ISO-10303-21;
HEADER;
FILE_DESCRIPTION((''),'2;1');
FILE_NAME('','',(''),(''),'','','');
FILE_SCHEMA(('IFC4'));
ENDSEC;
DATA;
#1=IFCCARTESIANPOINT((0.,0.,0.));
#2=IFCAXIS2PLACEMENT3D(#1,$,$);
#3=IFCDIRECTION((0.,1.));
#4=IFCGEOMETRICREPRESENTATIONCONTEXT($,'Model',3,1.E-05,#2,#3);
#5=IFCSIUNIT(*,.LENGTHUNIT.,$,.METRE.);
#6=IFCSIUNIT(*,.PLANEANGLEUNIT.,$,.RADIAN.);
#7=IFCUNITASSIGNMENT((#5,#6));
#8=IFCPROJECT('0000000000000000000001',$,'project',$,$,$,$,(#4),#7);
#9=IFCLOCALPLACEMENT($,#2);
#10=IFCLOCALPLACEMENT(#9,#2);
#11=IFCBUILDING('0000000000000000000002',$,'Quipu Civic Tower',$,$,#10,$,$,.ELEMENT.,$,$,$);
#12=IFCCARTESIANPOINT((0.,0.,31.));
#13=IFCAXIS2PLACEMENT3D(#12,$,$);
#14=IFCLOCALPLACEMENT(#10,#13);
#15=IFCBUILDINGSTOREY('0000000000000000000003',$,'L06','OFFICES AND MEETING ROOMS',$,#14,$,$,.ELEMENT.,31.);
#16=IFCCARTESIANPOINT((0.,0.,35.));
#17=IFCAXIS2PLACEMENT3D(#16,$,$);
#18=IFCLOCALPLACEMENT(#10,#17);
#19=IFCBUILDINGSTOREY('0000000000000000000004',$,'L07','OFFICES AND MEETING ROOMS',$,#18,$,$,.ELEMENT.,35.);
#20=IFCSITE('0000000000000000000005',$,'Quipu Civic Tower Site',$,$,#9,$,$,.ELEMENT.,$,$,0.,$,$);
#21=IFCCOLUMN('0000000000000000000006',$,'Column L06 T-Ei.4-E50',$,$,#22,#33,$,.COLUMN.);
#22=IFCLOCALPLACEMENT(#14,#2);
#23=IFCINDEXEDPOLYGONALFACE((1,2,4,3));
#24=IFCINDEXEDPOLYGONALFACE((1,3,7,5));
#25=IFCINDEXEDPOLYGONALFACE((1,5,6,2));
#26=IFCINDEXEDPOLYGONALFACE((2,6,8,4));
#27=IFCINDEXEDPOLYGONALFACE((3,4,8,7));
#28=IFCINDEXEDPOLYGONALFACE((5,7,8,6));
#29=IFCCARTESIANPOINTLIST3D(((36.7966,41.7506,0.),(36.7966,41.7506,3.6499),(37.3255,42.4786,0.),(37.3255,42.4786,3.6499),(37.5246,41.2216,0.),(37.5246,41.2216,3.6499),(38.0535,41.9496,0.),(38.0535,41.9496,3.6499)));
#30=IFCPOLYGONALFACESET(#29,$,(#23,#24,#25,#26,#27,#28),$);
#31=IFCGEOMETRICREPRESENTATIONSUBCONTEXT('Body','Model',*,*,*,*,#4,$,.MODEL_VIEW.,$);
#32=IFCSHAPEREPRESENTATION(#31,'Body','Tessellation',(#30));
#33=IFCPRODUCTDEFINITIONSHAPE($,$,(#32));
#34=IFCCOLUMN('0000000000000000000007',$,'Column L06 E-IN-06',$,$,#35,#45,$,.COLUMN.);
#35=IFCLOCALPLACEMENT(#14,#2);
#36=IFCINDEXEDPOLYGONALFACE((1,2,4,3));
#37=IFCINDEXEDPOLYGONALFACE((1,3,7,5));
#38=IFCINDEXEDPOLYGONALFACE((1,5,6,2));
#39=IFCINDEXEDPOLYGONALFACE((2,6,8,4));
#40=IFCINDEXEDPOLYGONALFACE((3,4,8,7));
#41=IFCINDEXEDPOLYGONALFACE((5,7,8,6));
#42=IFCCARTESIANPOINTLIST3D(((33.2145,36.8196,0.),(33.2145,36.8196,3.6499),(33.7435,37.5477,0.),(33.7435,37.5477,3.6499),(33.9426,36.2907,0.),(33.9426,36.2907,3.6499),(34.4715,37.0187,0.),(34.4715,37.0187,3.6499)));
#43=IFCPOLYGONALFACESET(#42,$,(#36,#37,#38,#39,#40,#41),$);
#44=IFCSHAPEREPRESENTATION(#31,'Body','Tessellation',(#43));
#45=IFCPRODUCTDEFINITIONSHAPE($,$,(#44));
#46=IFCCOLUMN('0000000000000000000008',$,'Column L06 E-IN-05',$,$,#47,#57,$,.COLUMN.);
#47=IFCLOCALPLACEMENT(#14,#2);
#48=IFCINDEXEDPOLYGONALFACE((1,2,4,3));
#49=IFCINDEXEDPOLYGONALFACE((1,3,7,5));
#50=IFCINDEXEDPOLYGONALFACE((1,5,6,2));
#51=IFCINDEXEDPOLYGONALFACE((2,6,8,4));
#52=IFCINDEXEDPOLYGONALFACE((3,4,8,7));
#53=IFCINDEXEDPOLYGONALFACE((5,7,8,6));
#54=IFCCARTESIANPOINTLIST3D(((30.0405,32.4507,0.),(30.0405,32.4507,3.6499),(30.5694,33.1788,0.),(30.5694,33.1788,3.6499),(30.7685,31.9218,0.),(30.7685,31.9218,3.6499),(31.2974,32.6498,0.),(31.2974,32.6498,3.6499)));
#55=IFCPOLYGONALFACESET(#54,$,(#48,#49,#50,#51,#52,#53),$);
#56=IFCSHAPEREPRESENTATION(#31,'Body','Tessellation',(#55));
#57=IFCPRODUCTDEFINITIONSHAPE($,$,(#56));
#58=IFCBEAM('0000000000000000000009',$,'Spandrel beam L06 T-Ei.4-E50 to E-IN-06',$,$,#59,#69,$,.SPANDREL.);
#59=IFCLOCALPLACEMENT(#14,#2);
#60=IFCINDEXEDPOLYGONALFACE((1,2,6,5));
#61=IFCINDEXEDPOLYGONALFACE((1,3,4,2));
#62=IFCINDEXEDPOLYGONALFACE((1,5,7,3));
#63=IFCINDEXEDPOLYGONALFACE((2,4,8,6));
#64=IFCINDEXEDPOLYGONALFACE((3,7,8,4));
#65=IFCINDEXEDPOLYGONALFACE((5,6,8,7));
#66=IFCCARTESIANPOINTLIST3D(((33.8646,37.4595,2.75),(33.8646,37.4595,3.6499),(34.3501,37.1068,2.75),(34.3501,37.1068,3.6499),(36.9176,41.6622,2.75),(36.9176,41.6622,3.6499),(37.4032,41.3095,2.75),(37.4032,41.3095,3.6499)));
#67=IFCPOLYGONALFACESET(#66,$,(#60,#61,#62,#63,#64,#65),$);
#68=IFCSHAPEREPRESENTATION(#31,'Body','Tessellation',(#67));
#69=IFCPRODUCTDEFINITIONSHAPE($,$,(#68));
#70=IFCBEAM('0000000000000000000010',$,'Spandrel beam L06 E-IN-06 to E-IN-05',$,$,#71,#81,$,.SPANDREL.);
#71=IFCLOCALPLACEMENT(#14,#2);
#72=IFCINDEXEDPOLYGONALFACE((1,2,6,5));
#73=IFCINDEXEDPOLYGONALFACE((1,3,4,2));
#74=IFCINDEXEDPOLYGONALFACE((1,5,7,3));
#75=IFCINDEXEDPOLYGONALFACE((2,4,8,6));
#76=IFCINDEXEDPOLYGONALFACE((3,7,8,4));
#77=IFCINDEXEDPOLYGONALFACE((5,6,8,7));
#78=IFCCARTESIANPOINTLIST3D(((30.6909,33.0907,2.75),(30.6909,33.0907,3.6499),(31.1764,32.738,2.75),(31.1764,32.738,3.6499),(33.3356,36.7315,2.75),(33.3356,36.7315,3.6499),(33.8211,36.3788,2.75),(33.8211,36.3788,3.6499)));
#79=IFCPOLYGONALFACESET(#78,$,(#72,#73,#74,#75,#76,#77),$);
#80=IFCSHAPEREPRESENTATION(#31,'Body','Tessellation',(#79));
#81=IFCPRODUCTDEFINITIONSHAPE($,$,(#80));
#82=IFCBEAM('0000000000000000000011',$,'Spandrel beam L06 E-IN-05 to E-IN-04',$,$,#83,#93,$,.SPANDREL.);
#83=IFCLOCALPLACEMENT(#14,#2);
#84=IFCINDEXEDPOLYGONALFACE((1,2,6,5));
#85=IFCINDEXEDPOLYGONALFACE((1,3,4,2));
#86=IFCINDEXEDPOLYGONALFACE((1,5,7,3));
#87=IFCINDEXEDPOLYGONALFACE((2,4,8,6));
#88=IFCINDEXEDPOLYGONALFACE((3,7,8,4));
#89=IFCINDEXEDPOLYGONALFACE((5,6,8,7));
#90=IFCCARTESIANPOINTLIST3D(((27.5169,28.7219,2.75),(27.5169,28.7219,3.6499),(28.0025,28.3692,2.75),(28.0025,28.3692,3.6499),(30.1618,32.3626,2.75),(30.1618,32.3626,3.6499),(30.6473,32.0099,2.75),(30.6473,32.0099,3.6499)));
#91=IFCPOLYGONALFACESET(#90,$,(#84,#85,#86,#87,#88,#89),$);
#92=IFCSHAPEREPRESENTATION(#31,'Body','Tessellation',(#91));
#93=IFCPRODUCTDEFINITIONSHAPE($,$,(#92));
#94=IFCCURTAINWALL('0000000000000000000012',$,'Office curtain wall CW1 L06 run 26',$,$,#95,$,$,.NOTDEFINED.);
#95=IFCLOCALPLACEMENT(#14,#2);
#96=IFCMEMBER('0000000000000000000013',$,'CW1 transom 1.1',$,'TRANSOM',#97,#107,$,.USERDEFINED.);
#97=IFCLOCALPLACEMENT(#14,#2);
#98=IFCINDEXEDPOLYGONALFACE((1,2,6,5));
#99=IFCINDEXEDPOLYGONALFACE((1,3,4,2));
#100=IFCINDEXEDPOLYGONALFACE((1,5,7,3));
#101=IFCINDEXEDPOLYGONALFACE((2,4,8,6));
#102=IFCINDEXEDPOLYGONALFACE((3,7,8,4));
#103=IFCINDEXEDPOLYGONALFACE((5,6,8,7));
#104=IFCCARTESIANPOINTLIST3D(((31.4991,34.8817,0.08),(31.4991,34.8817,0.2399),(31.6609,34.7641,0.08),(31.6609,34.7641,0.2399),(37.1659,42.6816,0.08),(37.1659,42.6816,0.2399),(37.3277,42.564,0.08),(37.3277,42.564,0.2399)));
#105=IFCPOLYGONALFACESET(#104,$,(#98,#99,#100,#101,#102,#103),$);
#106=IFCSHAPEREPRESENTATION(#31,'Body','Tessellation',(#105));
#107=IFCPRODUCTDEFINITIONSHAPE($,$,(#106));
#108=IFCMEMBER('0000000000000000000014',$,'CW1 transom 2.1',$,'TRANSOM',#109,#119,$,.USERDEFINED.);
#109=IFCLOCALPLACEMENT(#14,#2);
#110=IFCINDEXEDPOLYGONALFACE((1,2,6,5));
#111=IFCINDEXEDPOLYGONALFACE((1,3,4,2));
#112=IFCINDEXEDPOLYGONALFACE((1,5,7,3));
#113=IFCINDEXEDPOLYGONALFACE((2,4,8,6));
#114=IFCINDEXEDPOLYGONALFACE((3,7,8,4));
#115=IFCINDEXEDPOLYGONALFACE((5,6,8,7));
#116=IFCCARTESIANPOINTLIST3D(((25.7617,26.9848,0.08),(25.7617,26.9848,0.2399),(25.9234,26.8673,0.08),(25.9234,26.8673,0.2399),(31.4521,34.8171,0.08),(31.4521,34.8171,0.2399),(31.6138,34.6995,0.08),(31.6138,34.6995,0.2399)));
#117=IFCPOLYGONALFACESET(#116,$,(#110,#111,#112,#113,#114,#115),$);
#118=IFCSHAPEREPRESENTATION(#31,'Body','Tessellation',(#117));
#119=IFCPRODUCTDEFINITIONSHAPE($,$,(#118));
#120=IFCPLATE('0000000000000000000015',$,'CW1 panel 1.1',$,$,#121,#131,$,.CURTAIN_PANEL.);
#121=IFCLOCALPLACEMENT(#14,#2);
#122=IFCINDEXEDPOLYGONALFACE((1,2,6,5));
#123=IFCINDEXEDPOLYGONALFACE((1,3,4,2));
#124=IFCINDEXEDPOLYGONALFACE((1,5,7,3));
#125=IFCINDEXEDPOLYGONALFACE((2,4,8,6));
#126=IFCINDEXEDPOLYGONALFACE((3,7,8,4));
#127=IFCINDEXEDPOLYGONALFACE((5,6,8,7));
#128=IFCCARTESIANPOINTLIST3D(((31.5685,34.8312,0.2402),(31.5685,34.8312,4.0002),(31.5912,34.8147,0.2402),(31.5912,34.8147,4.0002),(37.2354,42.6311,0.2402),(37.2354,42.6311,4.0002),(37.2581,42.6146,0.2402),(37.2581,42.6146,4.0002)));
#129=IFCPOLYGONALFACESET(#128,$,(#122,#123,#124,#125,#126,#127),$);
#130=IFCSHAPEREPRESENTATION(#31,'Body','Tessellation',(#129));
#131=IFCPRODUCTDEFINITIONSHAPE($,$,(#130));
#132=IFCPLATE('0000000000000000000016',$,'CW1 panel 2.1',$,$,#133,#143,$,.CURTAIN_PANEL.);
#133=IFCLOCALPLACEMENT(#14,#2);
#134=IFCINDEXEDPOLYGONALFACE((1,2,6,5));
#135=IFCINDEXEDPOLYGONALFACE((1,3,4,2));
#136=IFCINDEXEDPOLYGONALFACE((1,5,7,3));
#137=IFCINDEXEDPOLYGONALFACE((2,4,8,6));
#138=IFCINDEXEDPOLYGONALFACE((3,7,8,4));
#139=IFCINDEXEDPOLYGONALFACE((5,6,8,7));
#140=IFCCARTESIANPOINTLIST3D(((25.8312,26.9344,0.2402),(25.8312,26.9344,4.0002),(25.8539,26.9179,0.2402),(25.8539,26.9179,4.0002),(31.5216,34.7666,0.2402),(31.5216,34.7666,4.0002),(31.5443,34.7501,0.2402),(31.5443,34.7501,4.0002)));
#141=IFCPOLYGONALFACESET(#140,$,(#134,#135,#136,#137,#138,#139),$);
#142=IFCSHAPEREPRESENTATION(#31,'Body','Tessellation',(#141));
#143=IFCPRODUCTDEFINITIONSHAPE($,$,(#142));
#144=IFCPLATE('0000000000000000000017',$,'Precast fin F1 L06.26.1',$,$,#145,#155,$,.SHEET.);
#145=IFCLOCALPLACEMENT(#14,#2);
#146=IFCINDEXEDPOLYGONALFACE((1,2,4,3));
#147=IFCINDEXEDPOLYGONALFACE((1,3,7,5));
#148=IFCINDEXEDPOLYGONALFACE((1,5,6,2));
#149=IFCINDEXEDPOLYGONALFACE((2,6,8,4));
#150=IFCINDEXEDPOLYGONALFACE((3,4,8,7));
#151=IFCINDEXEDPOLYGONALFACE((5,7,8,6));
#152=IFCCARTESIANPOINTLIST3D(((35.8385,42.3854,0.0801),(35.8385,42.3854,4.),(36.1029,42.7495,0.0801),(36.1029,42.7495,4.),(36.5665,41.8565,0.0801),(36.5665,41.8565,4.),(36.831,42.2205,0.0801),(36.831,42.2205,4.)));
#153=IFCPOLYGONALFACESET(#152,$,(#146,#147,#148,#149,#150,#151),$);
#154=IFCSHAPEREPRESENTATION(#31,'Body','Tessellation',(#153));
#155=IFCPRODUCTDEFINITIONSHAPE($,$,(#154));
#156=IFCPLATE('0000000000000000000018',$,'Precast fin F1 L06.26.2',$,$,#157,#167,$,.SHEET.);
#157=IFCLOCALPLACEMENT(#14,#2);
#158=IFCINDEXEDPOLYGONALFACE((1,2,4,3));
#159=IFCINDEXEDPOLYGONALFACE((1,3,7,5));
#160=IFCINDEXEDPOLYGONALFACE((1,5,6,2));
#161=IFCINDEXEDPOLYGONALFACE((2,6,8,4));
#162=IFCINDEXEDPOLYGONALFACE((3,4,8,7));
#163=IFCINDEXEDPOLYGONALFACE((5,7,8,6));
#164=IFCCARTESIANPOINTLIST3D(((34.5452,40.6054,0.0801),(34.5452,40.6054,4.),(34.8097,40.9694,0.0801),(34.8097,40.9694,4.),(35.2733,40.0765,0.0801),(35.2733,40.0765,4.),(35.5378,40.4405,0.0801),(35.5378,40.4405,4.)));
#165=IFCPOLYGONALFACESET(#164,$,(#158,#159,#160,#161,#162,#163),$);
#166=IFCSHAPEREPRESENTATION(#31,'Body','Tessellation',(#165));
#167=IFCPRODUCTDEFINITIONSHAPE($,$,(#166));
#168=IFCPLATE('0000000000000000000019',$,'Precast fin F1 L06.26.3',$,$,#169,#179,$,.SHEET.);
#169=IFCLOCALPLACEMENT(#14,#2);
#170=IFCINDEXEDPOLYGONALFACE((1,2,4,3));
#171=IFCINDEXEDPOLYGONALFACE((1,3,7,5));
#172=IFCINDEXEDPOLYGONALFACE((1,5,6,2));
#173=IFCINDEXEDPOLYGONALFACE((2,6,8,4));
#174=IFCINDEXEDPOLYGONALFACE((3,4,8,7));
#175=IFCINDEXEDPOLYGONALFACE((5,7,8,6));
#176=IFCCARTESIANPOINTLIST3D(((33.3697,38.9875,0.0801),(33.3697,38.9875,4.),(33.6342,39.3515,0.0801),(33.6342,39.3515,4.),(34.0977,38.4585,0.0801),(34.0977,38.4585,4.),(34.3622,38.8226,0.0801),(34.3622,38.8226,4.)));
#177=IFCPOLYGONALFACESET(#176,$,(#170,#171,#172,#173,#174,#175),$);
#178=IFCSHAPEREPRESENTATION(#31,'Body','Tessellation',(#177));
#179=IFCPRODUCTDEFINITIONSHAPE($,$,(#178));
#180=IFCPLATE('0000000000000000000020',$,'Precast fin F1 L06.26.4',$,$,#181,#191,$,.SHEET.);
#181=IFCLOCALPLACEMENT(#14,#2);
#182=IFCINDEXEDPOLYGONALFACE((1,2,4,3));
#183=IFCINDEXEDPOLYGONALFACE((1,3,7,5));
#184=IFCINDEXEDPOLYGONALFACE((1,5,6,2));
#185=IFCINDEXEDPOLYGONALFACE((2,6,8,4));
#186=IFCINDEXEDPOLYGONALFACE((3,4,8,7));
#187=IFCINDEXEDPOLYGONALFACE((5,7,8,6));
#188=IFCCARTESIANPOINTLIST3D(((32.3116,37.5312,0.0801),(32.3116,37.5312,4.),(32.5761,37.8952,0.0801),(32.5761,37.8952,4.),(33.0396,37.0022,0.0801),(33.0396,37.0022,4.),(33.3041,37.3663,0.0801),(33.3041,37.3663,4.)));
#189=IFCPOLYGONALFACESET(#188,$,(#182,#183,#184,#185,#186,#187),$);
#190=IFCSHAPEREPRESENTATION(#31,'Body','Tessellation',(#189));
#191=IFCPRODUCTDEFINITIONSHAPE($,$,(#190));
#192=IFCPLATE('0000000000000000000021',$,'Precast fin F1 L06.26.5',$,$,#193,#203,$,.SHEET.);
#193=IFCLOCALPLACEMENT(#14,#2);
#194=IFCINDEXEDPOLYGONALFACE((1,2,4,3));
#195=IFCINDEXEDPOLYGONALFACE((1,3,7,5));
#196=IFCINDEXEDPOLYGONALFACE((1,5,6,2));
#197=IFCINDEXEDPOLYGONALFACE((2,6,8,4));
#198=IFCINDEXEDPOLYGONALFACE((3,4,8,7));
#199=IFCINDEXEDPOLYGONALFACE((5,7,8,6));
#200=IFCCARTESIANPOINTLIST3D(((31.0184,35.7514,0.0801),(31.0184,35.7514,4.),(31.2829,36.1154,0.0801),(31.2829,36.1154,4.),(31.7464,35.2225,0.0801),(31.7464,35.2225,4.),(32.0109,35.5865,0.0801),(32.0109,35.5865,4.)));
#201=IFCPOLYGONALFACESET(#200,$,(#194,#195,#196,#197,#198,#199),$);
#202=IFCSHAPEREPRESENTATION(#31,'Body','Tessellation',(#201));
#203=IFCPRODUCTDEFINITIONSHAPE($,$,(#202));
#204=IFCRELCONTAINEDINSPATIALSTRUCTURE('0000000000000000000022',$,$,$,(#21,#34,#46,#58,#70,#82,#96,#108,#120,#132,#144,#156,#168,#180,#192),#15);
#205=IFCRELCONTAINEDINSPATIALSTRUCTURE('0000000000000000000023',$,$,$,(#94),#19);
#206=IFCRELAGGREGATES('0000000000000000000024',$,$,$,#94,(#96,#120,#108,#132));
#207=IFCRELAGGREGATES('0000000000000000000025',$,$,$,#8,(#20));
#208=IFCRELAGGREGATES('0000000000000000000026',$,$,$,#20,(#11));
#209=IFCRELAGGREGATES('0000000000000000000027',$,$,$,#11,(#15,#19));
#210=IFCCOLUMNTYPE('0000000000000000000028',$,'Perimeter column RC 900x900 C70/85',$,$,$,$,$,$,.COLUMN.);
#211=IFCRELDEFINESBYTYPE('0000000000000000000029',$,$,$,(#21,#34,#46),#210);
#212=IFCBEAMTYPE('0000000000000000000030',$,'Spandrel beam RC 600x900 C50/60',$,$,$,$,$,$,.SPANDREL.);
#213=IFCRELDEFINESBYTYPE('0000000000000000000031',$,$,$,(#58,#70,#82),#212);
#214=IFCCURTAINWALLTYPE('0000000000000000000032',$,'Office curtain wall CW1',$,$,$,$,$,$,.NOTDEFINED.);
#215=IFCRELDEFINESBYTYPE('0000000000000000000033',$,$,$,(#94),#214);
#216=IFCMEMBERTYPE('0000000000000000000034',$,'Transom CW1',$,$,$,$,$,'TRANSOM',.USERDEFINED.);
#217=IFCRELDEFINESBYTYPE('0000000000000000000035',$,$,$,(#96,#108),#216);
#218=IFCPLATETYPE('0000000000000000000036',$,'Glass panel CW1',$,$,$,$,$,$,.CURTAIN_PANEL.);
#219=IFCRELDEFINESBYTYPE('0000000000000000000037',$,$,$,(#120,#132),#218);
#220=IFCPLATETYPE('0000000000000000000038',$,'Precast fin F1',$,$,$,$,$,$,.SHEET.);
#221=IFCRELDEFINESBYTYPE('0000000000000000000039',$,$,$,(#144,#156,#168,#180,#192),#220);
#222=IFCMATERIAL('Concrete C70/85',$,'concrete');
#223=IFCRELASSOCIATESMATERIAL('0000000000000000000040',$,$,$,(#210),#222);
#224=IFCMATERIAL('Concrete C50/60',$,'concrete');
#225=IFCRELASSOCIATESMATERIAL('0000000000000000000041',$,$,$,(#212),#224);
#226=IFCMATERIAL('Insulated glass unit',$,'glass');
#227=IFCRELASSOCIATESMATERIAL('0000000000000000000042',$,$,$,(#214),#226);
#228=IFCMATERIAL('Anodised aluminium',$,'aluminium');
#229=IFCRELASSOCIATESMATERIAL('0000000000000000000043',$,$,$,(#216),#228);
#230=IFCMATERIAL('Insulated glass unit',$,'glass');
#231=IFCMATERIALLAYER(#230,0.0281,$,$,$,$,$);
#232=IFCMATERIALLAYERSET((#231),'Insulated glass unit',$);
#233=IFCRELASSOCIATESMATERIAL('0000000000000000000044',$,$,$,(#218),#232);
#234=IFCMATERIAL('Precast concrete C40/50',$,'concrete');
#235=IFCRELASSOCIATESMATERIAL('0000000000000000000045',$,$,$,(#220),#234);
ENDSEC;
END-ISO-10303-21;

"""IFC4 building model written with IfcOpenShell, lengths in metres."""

from ifc_helpers import new_model, si_unit, direction, frame, origin, origin_2d, place, context, subcontext, project, spatial, rectangle, extrude, material, layer, layer_set, material_profile, profile_set, type_object, element, aggregate, save


model = new_model("IFC4")

# Units and contexts
model_context = context("Model", 3, precision=1e-05, world=origin(), true_north=direction((0.0, 1.0)))
body_context = subcontext(model_context, "Body", "Model", "MODEL_VIEW")
ifc_project = project(units=[si_unit("LENGTHUNIT", "METRE"), si_unit("PLANEANGLEUNIT", "RADIAN")], contexts=[model_context])

# Site, building, storey
site_placement = place(None, origin())
site = spatial("IfcSite", under=ifc_project, at=site_placement, Name="Quipu Civic Tower Site", CompositionType="ELEMENT", RefElevation=0.0)
building_placement = place(site_placement, origin())
building = spatial("IfcBuilding", under=site, at=building_placement, Name="Quipu Civic Tower", CompositionType="ELEMENT")
storey_1_placement = place(building_placement, frame((0.0, 0.0, 31.0)))
storey_1 = spatial("IfcBuildingStorey", under=building, at=storey_1_placement, Name="L06", Description="OFFICES AND MEETING ROOMS", CompositionType="ELEMENT", Elevation=31.0)

# Columns
ifc_material_1 = material(Name="Concrete C70/85", Category="concrete")
ifc_material_profile_1 = material_profile(ifc_material_1, rectangle(XDim=0.8999, YDim=0.8999, at=origin_2d()), Name="RC900x900")
ifc_profile_set_1 = profile_set([ifc_material_profile_1], Name="Concrete C70/85")
column_type = type_object("IfcColumnType", Name="Perimeter column RC 900x900 C70/85", PredefinedType="COLUMN", material=ifc_profile_set_1)
for number, where, z_axis, x_axis, name in (
    (1, (37.425, 41.8501, 0.0), (0.0, 0.0, 1.0), (-0.587785, -0.809017, 0.0), "Column L06 T-Ei.4-E50"),
    (2, (33.843, 36.9192, 0.0), (0.0, 0.0, 1.0), (-0.587785, -0.809017, 0.0), "Column L06 E-IN-06"),
    (3, (30.6689, 32.5503, 0.0), (0.0, 0.0, 1.0), (-0.587785, -0.809017, 0.0), "Column L06 E-IN-05"),
):
    element("IfcColumn", number, at=place(storey_1_placement, frame(where, z_axis=z_axis, x_axis=x_axis)), inside=storey_1, type_object=column_type, Name=name, PredefinedType="COLUMN", context=body_context, shape_type="SweptSolid", body=[
        extrude(rectangle(XDim=0.8999, YDim=0.8999, at=origin_2d()), origin(), (0.0, 0.0, 1.0), 3.6499),
    ])

# Beams
ifc_material_2 = material(Name="Concrete C50/60", Category="concrete")
ifc_material_profile_2 = material_profile(ifc_material_2, rectangle(XDim=0.6001, YDim=0.8999, at=origin_2d()), Name="RC600x900")
ifc_profile_set_2 = profile_set([ifc_material_profile_2], Name="Concrete C50/60")
beam_type = type_object("IfcBeamType", Name="Spandrel beam RC 600x900 C50/60", PredefinedType="SPANDREL", material=ifc_profile_set_2)
beam_placement = place(storey_1_placement, frame((37.1604, 41.4858, 3.2), z_axis=(-0.587733, -0.809055, 0.0), x_axis=(0.809055, -0.587733, 0.0)))
element("IfcBeam", 4, at=beam_placement, inside=storey_1, type_object=beam_type, Name="Spandrel beam L06 T-Ei.4-E50 to E-IN-06", PredefinedType="SPANDREL", context=body_context, shape_type="SweptSolid", body=[
    extrude(rectangle(XDim=0.6001, YDim=0.8999, at=origin_2d()), origin(), (0.0, 0.0, 1.0), 5.1946),
])
for number, where, z_axis, x_axis, name in (
    (5, (33.5784, 36.5552, 3.2), (-0.587717, -0.809067, 0.0), (0.809067, -0.587717, 0.0), "Spandrel beam L06 E-IN-06 to E-IN-05"),
    (6, (30.4045, 32.1863, 3.2), (-0.587743, -0.809048, 0.0), (0.809048, -0.587743, 0.0), "Spandrel beam L06 E-IN-05 to E-IN-04"),
):
    element("IfcBeam", number, at=place(storey_1_placement, frame(where, z_axis=z_axis, x_axis=x_axis)), inside=storey_1, type_object=beam_type, Name=name, PredefinedType="SPANDREL", context=body_context, shape_type="SweptSolid", body=[
        extrude(rectangle(XDim=0.6001, YDim=0.8999, at=origin_2d()), origin(), (0.0, 0.0, 1.0), 4.5),
    ])

# Shared definitions
storey_2_placement = place(building_placement, frame((0.0, 0.0, 35.0)))
storey_2 = spatial("IfcBuildingStorey", under=building, at=storey_2_placement, Name="L07", Description="OFFICES AND MEETING ROOMS", CompositionType="ELEMENT", Elevation=35.0)

# Curtain wall, members, plates
ifc_material_3 = material(Name="Insulated glass unit", Category="glass")
curtain_wall_type = type_object("IfcCurtainWallType", Name="Office curtain wall CW1", PredefinedType="NOTDEFINED", material=ifc_material_3)
curtain_wall_placement = place(storey_2_placement, origin())
curtain_wall = element("IfcCurtainWall", 7, at=curtain_wall_placement, inside=storey_2, type_object=curtain_wall_type, Name="Office curtain wall CW1 L06 run 26", PredefinedType="NOTDEFINED")
ifc_material_4 = material(Name="Anodised aluminium", Category="aluminium")
ifc_material_profile_3 = material_profile(ifc_material_4, rectangle(XDim=0.2, YDim=0.1599, at=origin_2d()), Name="RECT 200x160")
ifc_profile_set_3 = profile_set([ifc_material_profile_3], Name="Anodised aluminium")
member_type = type_object("IfcMemberType", Name="Transom CW1", ElementType="TRANSOM", PredefinedType="USERDEFINED", material=ifc_profile_set_3)
member_1_placement = place(storey_1_placement, frame((37.2468, 42.6228, 0.1599), z_axis=(-0.587776, -0.809024, 0.0), x_axis=(0.809024, -0.587776, 0.0)))
member_1 = element("IfcMember", 8, at=member_1_placement, inside=storey_1, type_object=member_type, Name="CW1 transom 1.1", ObjectType="TRANSOM", PredefinedType="USERDEFINED", context=body_context, shape_type="SweptSolid", body=[
    extrude(rectangle(XDim=0.2, YDim=0.1599, at=origin_2d()), origin(), (0.0, 0.0, 1.0), 9.6411),
])
member_2_placement = place(storey_1_placement, frame((31.533, 34.7583, 0.1599), z_axis=(-0.587782, -0.80902, 0.0), x_axis=(0.80902, -0.587782, 0.0)))
member_2 = element("IfcMember", 9, at=member_2_placement, inside=storey_1, type_object=member_type, Name="CW1 transom 2.1", ObjectType="TRANSOM", PredefinedType="USERDEFINED", context=body_context, shape_type="SweptSolid", body=[
    extrude(rectangle(XDim=0.2, YDim=0.1599, at=origin_2d()), origin(), (0.0, 0.0, 1.0), 9.6812),
])
ifc_material_5 = material(Name="Insulated glass unit", Category="glass")
ifc_layer_1 = layer(ifc_material_5, 0.0281)
ifc_layer_set_1 = layer_set([ifc_layer_1], Name="Insulated glass unit")
plate_type_1 = type_object("IfcPlateType", Name="Glass panel CW1", PredefinedType="CURTAIN_PANEL", material=ifc_layer_set_1)
plate_1_placement = place(storey_1_placement, frame((34.4133, 38.7229, 0.2402), z_axis=(0.0, 0.0, 1.0), x_axis=(-0.587786, -0.809017, 0.0)))
plate_1 = element("IfcPlate", 10, at=plate_1_placement, inside=storey_1, type_object=plate_type_1, Name="CW1 panel 1.1", PredefinedType="CURTAIN_PANEL", context=body_context, shape_type="SweptSolid", body=[
    extrude(rectangle(XDim=9.6411, YDim=0.0281, at=origin_2d()), origin(), (0.0, 0.0, 1.0), 3.76),
])
plate_2_placement = place(storey_1_placement, frame((28.6877, 30.8423, 0.2402), z_axis=(0.0, 0.0, 1.0), x_axis=(-0.587786, -0.809017, 0.0)))
plate_2 = element("IfcPlate", 11, at=plate_2_placement, inside=storey_1, type_object=plate_type_1, Name="CW1 panel 2.1", PredefinedType="CURTAIN_PANEL", context=body_context, shape_type="SweptSolid", body=[
    extrude(rectangle(XDim=9.6812, YDim=0.0281, at=origin_2d()), origin(), (0.0, 0.0, 1.0), 3.76),
])
aggregate(curtain_wall, [member_1, plate_1, member_2, plate_2])

# Plates
ifc_material_6 = material(Name="Precast concrete C40/50", Category="concrete")
plate_type_2 = type_object("IfcPlateType", Name="Precast fin F1", PredefinedType="SHEET", material=ifc_material_6)
for number, where, z_axis, x_axis, name in (
    (12, (36.3347, 42.303, 0.0801), (0.0, 0.0, 1.0), (-0.587785, -0.809017, 0.0), "Precast fin F1 L06.26.1"),
    (13, (35.0415, 40.5229, 0.0801), (0.0, 0.0, 1.0), (-0.587785, -0.809017, 0.0), "Precast fin F1 L06.26.2"),
    (14, (33.866, 38.905, 0.0801), (0.0, 0.0, 1.0), (-0.587785, -0.809017, 0.0), "Precast fin F1 L06.26.3"),
    (15, (32.8079, 37.4487, 0.0801), (0.0, 0.0, 1.0), (-0.587785, -0.809017, 0.0), "Precast fin F1 L06.26.4"),
    (16, (31.5146, 35.6689, 0.0801), (0.0, 0.0, 1.0), (-0.587785, -0.809017, 0.0), "Precast fin F1 L06.26.5"),
):
    element("IfcPlate", number, at=place(storey_1_placement, frame(where, z_axis=z_axis, x_axis=x_axis)), inside=storey_1, type_object=plate_type_2, Name=name, PredefinedType="SHEET", context=body_context, shape_type="SweptSolid", body=[
        extrude(rectangle(XDim=0.45, YDim=0.8999, at=origin_2d()), origin(), (0.0, 0.0, 1.0), 3.9199),
    ])

save(model, "model.ifc")
